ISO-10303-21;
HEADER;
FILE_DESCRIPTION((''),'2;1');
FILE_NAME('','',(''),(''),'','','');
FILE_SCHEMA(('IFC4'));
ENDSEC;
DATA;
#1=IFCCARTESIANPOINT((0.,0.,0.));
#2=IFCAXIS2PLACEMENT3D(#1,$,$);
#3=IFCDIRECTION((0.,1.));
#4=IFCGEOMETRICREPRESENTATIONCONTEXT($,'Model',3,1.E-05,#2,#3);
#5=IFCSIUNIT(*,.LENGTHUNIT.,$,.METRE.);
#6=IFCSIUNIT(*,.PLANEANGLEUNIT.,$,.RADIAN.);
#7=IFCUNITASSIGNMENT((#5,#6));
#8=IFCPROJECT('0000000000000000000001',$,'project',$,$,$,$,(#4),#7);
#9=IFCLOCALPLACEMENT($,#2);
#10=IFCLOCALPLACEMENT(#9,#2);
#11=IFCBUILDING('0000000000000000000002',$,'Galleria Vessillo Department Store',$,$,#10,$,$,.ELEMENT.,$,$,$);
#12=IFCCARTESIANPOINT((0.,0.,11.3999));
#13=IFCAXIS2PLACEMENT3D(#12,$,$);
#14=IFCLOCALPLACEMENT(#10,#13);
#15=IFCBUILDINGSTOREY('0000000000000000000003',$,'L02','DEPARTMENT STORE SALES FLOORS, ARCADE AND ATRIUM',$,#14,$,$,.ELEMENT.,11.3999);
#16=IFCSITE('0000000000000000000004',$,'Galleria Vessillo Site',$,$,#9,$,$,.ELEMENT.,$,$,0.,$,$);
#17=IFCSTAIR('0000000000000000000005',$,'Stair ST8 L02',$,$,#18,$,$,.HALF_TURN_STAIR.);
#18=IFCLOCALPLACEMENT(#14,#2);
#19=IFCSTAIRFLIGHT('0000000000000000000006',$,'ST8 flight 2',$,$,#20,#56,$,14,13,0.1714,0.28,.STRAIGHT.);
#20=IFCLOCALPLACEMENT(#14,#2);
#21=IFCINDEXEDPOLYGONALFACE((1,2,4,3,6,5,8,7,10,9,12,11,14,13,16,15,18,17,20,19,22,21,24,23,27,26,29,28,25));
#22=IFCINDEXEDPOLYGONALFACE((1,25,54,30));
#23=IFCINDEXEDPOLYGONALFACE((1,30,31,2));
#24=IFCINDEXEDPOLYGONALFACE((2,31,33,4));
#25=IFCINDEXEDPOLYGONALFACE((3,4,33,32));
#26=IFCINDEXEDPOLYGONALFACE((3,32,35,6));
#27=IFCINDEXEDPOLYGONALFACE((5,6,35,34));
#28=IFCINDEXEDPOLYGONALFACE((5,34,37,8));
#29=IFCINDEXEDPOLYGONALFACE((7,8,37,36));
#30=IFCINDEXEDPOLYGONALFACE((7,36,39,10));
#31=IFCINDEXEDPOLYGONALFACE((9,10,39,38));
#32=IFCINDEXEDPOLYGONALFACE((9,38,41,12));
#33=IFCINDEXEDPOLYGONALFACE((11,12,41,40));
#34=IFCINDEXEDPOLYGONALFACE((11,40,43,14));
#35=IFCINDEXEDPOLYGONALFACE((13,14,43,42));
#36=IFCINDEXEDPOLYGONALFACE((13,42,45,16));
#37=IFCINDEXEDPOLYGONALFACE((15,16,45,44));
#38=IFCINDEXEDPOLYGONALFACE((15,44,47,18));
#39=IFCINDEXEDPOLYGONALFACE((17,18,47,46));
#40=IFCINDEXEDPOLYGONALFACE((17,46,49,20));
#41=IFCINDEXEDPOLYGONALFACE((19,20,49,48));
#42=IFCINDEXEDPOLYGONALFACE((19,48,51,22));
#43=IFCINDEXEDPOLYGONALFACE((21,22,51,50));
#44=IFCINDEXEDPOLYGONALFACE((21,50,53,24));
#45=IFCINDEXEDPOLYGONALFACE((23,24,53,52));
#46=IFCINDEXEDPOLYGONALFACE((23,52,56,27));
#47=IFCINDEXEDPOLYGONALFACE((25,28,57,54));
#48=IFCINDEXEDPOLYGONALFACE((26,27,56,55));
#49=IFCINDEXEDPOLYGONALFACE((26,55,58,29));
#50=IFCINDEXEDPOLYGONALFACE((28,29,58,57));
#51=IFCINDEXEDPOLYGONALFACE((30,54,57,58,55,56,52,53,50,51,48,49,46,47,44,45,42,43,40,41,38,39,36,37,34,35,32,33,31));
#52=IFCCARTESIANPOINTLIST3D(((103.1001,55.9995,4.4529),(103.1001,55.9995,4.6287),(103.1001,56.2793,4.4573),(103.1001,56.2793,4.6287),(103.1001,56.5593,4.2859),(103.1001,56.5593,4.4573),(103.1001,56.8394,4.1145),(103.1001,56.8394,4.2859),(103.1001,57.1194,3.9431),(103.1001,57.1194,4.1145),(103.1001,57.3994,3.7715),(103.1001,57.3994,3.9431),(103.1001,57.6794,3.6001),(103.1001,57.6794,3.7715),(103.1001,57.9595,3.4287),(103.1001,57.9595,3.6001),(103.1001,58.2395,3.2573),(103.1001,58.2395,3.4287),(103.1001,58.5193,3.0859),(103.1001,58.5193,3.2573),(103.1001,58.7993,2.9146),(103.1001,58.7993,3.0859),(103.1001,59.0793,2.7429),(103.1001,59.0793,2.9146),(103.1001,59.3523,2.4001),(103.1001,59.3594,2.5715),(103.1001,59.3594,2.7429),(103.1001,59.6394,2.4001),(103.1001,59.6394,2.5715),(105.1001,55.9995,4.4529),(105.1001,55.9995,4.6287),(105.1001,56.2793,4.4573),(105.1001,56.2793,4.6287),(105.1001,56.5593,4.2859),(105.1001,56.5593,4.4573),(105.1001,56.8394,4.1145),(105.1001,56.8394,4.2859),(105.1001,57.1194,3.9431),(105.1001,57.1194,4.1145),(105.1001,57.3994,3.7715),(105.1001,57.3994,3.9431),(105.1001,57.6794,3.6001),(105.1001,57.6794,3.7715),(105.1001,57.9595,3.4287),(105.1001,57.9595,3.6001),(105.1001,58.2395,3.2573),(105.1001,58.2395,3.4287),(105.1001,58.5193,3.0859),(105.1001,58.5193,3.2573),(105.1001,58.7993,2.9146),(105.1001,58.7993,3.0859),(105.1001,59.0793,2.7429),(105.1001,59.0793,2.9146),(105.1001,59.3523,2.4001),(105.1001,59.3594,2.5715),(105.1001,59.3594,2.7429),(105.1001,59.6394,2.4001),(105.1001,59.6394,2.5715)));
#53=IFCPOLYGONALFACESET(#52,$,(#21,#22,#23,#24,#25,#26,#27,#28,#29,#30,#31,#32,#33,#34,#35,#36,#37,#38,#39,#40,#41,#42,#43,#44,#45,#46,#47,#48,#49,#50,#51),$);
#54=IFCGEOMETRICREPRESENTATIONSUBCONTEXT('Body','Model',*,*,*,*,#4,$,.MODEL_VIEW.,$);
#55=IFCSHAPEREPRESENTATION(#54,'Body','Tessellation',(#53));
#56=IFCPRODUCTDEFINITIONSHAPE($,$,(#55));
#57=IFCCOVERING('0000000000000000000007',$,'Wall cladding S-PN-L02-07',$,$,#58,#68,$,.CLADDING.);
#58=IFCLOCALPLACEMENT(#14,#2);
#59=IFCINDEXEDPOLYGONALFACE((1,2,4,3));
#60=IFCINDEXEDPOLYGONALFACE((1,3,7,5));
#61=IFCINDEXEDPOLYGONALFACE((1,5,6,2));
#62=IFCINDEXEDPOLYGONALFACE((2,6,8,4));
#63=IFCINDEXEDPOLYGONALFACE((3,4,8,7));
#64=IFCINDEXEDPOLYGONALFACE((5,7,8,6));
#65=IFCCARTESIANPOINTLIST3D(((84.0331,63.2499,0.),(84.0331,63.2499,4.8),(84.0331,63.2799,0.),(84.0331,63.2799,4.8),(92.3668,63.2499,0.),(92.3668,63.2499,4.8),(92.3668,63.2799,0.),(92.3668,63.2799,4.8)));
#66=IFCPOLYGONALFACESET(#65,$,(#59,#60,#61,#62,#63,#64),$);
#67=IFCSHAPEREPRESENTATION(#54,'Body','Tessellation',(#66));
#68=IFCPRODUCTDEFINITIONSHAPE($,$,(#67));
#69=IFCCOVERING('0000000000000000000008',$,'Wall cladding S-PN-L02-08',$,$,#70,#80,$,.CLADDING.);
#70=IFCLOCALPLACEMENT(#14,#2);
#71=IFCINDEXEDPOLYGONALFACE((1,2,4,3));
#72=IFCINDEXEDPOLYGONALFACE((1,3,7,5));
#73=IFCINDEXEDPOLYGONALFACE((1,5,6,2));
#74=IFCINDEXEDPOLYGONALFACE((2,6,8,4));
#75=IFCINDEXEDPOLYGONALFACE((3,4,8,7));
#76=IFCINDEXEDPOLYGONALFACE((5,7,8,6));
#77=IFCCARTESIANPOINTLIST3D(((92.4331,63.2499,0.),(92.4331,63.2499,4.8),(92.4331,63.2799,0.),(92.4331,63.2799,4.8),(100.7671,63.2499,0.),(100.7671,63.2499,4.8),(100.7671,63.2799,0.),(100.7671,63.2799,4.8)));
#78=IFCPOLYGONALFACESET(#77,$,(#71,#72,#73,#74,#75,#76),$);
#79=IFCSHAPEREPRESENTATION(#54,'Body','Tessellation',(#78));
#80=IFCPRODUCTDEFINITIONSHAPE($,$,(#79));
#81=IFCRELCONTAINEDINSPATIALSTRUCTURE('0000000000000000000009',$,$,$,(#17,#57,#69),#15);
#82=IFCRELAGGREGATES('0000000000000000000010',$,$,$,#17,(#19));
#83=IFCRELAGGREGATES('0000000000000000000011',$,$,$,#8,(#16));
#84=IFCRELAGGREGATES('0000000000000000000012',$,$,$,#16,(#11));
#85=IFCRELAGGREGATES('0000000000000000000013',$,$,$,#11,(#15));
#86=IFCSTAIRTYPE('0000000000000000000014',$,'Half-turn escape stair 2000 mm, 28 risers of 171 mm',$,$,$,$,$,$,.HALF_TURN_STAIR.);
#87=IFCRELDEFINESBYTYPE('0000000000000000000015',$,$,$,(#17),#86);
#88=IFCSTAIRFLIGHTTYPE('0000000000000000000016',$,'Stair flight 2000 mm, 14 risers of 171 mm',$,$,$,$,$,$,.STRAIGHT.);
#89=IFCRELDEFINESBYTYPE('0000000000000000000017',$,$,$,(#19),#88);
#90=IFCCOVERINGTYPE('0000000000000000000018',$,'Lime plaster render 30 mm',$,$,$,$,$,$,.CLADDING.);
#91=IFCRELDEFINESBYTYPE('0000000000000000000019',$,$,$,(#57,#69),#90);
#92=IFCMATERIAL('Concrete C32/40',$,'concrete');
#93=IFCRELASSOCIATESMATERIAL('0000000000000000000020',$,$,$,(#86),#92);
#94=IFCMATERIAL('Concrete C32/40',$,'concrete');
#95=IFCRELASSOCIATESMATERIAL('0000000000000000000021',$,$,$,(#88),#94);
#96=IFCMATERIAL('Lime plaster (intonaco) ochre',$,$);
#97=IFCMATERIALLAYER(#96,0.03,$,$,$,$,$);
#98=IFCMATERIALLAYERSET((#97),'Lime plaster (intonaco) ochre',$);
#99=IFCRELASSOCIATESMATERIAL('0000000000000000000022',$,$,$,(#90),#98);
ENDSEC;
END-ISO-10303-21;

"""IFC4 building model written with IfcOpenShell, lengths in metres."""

from ifc_helpers import new_model, si_unit, direction, frame, origin, origin_2d, place, context, subcontext, project, spatial, polyline, rectangle, outline, extrude, material, layer, layer_set, type_object, element, aggregate, save


model = new_model("IFC4")

# Units and contexts
model_context = context("Model", 3, precision=1e-05, world=origin(), true_north=direction((0.0, 1.0)))
body_context = subcontext(model_context, "Body", "Model", "MODEL_VIEW")
ifc_project = project(units=[si_unit("LENGTHUNIT", "METRE"), si_unit("PLANEANGLEUNIT", "RADIAN")], contexts=[model_context])

# Site, building, storey
site_placement = place(None, origin())
site = spatial("IfcSite", under=ifc_project, at=site_placement, Name="Galleria Vessillo Site", CompositionType="ELEMENT", RefElevation=0.0)
building_placement = place(site_placement, origin())
building = spatial("IfcBuilding", under=site, at=building_placement, Name="Galleria Vessillo Department Store", CompositionType="ELEMENT")
storey_placement = place(building_placement, frame((0.0, 0.0, 11.3999)))
storey = spatial("IfcBuildingStorey", under=building, at=storey_placement, Name="L02", Description="DEPARTMENT STORE SALES FLOORS, ARCADE AND ATRIUM", CompositionType="ELEMENT", Elevation=11.3999)

# Stair, stair flight
ifc_material_1 = material(Name="Concrete C32/40", Category="concrete")
stair_type = type_object("IfcStairType", Name="Half-turn escape stair 2000 mm, 28 risers of 171 mm", PredefinedType="HALF_TURN_STAIR", material=ifc_material_1)
stair_placement = place(storey_placement, origin())
stair = element("IfcStair", 1, at=stair_placement, inside=storey, type_object=stair_type, Name="Stair ST8 L02", PredefinedType="HALF_TURN_STAIR")
ifc_material_2 = material(Name="Concrete C32/40", Category="concrete")
stair_flight_type = type_object("IfcStairFlightType", Name="Stair flight 2000 mm, 14 risers of 171 mm", PredefinedType="STRAIGHT", material=ifc_material_2)
stair_flight_1_placement = place(storey_placement, frame((104.1001, 59.6394, 2.4001), z_axis=(0.0, 0.0, 1.0), x_axis=(0.0, -1.0, 0.0)))
stair_flight_1 = element("IfcStairFlight", 2, at=stair_flight_1_placement, type_object=stair_flight_type, Name="ST8 flight 2", NumberOfRisers=14, NumberOfTreads=13, PredefinedType="STRAIGHT", RiserHeight=0.1714, TreadLength=0.28, context=body_context, shape_type="SweptSolid", body=[
    extrude(outline(polyline([(0.0, 0.0), (0.0, 0.1714), (0.28, 0.1714), (0.28, 0.3428), (0.5601, 0.3428), (0.5601, 0.5144), (0.8401, 0.5144), (0.8401, 0.6858), (1.1201, 0.6858), (1.1201, 0.8572), (1.3999, 0.8572), (1.3999, 1.0286), (1.6799, 1.0286), (1.6799, 1.2), (1.96, 1.2), (1.96, 1.3713), (2.24, 1.3713), (2.24, 1.543), (2.52, 1.543), (2.52, 1.7144), (2.8, 1.7144), (2.8, 1.8857), (3.0801, 1.8857), (3.0801, 2.0571), (3.3601, 2.0571), (3.3601, 2.2285), (3.6399, 2.2285), (3.6399, 2.3999), (3.6399, 2.0527), (0.2871, 0.0), (0.0, 0.0)])), frame((0.0, 1.0, 0.0), z_axis=(0.0, -1.0, 0.0), x_axis=(1.0, 0.0, 0.0)), (0.0, 0.0, 1.0), 2.0),
])
aggregate(stair, [stair_flight_1])

# Coverings
ifc_material_3 = material(Name="Lime plaster (intonaco) ochre")
ifc_layer_1 = layer(ifc_material_3, 0.03)
ifc_layer_set_1 = layer_set([ifc_layer_1], Name="Lime plaster (intonaco) ochre")
covering_type = type_object("IfcCoveringType", Name="Lime plaster render 30 mm", PredefinedType="CLADDING", material=ifc_layer_set_1)
covering_1_placement = place(storey_placement, frame((88.2, 63.2649, 0.0), z_axis=(0.0, 0.0, 1.0), x_axis=(1.0, 0.0, 0.0)))
element("IfcCovering", 3, at=covering_1_placement, inside=storey, type_object=covering_type, Name="Wall cladding S-PN-L02-07", PredefinedType="CLADDING", context=body_context, shape_type="SweptSolid", body=[
    extrude(rectangle(XDim=8.3337, YDim=0.03, at=origin_2d()), origin(), (0.0, 0.0, 1.0), 4.8),
])
covering_2_placement = place(storey_placement, frame((96.6001, 63.2649, 0.0), z_axis=(0.0, 0.0, 1.0), x_axis=(1.0, 0.0, 0.0)))
element("IfcCovering", 4, at=covering_2_placement, inside=storey, type_object=covering_type, Name="Wall cladding S-PN-L02-08", PredefinedType="CLADDING", context=body_context, shape_type="SweptSolid", body=[
    extrude(rectangle(XDim=8.334, YDim=0.03, at=origin_2d()), origin(), (0.0, 0.0, 1.0), 4.8),
])

save(model, "model.ifc")
